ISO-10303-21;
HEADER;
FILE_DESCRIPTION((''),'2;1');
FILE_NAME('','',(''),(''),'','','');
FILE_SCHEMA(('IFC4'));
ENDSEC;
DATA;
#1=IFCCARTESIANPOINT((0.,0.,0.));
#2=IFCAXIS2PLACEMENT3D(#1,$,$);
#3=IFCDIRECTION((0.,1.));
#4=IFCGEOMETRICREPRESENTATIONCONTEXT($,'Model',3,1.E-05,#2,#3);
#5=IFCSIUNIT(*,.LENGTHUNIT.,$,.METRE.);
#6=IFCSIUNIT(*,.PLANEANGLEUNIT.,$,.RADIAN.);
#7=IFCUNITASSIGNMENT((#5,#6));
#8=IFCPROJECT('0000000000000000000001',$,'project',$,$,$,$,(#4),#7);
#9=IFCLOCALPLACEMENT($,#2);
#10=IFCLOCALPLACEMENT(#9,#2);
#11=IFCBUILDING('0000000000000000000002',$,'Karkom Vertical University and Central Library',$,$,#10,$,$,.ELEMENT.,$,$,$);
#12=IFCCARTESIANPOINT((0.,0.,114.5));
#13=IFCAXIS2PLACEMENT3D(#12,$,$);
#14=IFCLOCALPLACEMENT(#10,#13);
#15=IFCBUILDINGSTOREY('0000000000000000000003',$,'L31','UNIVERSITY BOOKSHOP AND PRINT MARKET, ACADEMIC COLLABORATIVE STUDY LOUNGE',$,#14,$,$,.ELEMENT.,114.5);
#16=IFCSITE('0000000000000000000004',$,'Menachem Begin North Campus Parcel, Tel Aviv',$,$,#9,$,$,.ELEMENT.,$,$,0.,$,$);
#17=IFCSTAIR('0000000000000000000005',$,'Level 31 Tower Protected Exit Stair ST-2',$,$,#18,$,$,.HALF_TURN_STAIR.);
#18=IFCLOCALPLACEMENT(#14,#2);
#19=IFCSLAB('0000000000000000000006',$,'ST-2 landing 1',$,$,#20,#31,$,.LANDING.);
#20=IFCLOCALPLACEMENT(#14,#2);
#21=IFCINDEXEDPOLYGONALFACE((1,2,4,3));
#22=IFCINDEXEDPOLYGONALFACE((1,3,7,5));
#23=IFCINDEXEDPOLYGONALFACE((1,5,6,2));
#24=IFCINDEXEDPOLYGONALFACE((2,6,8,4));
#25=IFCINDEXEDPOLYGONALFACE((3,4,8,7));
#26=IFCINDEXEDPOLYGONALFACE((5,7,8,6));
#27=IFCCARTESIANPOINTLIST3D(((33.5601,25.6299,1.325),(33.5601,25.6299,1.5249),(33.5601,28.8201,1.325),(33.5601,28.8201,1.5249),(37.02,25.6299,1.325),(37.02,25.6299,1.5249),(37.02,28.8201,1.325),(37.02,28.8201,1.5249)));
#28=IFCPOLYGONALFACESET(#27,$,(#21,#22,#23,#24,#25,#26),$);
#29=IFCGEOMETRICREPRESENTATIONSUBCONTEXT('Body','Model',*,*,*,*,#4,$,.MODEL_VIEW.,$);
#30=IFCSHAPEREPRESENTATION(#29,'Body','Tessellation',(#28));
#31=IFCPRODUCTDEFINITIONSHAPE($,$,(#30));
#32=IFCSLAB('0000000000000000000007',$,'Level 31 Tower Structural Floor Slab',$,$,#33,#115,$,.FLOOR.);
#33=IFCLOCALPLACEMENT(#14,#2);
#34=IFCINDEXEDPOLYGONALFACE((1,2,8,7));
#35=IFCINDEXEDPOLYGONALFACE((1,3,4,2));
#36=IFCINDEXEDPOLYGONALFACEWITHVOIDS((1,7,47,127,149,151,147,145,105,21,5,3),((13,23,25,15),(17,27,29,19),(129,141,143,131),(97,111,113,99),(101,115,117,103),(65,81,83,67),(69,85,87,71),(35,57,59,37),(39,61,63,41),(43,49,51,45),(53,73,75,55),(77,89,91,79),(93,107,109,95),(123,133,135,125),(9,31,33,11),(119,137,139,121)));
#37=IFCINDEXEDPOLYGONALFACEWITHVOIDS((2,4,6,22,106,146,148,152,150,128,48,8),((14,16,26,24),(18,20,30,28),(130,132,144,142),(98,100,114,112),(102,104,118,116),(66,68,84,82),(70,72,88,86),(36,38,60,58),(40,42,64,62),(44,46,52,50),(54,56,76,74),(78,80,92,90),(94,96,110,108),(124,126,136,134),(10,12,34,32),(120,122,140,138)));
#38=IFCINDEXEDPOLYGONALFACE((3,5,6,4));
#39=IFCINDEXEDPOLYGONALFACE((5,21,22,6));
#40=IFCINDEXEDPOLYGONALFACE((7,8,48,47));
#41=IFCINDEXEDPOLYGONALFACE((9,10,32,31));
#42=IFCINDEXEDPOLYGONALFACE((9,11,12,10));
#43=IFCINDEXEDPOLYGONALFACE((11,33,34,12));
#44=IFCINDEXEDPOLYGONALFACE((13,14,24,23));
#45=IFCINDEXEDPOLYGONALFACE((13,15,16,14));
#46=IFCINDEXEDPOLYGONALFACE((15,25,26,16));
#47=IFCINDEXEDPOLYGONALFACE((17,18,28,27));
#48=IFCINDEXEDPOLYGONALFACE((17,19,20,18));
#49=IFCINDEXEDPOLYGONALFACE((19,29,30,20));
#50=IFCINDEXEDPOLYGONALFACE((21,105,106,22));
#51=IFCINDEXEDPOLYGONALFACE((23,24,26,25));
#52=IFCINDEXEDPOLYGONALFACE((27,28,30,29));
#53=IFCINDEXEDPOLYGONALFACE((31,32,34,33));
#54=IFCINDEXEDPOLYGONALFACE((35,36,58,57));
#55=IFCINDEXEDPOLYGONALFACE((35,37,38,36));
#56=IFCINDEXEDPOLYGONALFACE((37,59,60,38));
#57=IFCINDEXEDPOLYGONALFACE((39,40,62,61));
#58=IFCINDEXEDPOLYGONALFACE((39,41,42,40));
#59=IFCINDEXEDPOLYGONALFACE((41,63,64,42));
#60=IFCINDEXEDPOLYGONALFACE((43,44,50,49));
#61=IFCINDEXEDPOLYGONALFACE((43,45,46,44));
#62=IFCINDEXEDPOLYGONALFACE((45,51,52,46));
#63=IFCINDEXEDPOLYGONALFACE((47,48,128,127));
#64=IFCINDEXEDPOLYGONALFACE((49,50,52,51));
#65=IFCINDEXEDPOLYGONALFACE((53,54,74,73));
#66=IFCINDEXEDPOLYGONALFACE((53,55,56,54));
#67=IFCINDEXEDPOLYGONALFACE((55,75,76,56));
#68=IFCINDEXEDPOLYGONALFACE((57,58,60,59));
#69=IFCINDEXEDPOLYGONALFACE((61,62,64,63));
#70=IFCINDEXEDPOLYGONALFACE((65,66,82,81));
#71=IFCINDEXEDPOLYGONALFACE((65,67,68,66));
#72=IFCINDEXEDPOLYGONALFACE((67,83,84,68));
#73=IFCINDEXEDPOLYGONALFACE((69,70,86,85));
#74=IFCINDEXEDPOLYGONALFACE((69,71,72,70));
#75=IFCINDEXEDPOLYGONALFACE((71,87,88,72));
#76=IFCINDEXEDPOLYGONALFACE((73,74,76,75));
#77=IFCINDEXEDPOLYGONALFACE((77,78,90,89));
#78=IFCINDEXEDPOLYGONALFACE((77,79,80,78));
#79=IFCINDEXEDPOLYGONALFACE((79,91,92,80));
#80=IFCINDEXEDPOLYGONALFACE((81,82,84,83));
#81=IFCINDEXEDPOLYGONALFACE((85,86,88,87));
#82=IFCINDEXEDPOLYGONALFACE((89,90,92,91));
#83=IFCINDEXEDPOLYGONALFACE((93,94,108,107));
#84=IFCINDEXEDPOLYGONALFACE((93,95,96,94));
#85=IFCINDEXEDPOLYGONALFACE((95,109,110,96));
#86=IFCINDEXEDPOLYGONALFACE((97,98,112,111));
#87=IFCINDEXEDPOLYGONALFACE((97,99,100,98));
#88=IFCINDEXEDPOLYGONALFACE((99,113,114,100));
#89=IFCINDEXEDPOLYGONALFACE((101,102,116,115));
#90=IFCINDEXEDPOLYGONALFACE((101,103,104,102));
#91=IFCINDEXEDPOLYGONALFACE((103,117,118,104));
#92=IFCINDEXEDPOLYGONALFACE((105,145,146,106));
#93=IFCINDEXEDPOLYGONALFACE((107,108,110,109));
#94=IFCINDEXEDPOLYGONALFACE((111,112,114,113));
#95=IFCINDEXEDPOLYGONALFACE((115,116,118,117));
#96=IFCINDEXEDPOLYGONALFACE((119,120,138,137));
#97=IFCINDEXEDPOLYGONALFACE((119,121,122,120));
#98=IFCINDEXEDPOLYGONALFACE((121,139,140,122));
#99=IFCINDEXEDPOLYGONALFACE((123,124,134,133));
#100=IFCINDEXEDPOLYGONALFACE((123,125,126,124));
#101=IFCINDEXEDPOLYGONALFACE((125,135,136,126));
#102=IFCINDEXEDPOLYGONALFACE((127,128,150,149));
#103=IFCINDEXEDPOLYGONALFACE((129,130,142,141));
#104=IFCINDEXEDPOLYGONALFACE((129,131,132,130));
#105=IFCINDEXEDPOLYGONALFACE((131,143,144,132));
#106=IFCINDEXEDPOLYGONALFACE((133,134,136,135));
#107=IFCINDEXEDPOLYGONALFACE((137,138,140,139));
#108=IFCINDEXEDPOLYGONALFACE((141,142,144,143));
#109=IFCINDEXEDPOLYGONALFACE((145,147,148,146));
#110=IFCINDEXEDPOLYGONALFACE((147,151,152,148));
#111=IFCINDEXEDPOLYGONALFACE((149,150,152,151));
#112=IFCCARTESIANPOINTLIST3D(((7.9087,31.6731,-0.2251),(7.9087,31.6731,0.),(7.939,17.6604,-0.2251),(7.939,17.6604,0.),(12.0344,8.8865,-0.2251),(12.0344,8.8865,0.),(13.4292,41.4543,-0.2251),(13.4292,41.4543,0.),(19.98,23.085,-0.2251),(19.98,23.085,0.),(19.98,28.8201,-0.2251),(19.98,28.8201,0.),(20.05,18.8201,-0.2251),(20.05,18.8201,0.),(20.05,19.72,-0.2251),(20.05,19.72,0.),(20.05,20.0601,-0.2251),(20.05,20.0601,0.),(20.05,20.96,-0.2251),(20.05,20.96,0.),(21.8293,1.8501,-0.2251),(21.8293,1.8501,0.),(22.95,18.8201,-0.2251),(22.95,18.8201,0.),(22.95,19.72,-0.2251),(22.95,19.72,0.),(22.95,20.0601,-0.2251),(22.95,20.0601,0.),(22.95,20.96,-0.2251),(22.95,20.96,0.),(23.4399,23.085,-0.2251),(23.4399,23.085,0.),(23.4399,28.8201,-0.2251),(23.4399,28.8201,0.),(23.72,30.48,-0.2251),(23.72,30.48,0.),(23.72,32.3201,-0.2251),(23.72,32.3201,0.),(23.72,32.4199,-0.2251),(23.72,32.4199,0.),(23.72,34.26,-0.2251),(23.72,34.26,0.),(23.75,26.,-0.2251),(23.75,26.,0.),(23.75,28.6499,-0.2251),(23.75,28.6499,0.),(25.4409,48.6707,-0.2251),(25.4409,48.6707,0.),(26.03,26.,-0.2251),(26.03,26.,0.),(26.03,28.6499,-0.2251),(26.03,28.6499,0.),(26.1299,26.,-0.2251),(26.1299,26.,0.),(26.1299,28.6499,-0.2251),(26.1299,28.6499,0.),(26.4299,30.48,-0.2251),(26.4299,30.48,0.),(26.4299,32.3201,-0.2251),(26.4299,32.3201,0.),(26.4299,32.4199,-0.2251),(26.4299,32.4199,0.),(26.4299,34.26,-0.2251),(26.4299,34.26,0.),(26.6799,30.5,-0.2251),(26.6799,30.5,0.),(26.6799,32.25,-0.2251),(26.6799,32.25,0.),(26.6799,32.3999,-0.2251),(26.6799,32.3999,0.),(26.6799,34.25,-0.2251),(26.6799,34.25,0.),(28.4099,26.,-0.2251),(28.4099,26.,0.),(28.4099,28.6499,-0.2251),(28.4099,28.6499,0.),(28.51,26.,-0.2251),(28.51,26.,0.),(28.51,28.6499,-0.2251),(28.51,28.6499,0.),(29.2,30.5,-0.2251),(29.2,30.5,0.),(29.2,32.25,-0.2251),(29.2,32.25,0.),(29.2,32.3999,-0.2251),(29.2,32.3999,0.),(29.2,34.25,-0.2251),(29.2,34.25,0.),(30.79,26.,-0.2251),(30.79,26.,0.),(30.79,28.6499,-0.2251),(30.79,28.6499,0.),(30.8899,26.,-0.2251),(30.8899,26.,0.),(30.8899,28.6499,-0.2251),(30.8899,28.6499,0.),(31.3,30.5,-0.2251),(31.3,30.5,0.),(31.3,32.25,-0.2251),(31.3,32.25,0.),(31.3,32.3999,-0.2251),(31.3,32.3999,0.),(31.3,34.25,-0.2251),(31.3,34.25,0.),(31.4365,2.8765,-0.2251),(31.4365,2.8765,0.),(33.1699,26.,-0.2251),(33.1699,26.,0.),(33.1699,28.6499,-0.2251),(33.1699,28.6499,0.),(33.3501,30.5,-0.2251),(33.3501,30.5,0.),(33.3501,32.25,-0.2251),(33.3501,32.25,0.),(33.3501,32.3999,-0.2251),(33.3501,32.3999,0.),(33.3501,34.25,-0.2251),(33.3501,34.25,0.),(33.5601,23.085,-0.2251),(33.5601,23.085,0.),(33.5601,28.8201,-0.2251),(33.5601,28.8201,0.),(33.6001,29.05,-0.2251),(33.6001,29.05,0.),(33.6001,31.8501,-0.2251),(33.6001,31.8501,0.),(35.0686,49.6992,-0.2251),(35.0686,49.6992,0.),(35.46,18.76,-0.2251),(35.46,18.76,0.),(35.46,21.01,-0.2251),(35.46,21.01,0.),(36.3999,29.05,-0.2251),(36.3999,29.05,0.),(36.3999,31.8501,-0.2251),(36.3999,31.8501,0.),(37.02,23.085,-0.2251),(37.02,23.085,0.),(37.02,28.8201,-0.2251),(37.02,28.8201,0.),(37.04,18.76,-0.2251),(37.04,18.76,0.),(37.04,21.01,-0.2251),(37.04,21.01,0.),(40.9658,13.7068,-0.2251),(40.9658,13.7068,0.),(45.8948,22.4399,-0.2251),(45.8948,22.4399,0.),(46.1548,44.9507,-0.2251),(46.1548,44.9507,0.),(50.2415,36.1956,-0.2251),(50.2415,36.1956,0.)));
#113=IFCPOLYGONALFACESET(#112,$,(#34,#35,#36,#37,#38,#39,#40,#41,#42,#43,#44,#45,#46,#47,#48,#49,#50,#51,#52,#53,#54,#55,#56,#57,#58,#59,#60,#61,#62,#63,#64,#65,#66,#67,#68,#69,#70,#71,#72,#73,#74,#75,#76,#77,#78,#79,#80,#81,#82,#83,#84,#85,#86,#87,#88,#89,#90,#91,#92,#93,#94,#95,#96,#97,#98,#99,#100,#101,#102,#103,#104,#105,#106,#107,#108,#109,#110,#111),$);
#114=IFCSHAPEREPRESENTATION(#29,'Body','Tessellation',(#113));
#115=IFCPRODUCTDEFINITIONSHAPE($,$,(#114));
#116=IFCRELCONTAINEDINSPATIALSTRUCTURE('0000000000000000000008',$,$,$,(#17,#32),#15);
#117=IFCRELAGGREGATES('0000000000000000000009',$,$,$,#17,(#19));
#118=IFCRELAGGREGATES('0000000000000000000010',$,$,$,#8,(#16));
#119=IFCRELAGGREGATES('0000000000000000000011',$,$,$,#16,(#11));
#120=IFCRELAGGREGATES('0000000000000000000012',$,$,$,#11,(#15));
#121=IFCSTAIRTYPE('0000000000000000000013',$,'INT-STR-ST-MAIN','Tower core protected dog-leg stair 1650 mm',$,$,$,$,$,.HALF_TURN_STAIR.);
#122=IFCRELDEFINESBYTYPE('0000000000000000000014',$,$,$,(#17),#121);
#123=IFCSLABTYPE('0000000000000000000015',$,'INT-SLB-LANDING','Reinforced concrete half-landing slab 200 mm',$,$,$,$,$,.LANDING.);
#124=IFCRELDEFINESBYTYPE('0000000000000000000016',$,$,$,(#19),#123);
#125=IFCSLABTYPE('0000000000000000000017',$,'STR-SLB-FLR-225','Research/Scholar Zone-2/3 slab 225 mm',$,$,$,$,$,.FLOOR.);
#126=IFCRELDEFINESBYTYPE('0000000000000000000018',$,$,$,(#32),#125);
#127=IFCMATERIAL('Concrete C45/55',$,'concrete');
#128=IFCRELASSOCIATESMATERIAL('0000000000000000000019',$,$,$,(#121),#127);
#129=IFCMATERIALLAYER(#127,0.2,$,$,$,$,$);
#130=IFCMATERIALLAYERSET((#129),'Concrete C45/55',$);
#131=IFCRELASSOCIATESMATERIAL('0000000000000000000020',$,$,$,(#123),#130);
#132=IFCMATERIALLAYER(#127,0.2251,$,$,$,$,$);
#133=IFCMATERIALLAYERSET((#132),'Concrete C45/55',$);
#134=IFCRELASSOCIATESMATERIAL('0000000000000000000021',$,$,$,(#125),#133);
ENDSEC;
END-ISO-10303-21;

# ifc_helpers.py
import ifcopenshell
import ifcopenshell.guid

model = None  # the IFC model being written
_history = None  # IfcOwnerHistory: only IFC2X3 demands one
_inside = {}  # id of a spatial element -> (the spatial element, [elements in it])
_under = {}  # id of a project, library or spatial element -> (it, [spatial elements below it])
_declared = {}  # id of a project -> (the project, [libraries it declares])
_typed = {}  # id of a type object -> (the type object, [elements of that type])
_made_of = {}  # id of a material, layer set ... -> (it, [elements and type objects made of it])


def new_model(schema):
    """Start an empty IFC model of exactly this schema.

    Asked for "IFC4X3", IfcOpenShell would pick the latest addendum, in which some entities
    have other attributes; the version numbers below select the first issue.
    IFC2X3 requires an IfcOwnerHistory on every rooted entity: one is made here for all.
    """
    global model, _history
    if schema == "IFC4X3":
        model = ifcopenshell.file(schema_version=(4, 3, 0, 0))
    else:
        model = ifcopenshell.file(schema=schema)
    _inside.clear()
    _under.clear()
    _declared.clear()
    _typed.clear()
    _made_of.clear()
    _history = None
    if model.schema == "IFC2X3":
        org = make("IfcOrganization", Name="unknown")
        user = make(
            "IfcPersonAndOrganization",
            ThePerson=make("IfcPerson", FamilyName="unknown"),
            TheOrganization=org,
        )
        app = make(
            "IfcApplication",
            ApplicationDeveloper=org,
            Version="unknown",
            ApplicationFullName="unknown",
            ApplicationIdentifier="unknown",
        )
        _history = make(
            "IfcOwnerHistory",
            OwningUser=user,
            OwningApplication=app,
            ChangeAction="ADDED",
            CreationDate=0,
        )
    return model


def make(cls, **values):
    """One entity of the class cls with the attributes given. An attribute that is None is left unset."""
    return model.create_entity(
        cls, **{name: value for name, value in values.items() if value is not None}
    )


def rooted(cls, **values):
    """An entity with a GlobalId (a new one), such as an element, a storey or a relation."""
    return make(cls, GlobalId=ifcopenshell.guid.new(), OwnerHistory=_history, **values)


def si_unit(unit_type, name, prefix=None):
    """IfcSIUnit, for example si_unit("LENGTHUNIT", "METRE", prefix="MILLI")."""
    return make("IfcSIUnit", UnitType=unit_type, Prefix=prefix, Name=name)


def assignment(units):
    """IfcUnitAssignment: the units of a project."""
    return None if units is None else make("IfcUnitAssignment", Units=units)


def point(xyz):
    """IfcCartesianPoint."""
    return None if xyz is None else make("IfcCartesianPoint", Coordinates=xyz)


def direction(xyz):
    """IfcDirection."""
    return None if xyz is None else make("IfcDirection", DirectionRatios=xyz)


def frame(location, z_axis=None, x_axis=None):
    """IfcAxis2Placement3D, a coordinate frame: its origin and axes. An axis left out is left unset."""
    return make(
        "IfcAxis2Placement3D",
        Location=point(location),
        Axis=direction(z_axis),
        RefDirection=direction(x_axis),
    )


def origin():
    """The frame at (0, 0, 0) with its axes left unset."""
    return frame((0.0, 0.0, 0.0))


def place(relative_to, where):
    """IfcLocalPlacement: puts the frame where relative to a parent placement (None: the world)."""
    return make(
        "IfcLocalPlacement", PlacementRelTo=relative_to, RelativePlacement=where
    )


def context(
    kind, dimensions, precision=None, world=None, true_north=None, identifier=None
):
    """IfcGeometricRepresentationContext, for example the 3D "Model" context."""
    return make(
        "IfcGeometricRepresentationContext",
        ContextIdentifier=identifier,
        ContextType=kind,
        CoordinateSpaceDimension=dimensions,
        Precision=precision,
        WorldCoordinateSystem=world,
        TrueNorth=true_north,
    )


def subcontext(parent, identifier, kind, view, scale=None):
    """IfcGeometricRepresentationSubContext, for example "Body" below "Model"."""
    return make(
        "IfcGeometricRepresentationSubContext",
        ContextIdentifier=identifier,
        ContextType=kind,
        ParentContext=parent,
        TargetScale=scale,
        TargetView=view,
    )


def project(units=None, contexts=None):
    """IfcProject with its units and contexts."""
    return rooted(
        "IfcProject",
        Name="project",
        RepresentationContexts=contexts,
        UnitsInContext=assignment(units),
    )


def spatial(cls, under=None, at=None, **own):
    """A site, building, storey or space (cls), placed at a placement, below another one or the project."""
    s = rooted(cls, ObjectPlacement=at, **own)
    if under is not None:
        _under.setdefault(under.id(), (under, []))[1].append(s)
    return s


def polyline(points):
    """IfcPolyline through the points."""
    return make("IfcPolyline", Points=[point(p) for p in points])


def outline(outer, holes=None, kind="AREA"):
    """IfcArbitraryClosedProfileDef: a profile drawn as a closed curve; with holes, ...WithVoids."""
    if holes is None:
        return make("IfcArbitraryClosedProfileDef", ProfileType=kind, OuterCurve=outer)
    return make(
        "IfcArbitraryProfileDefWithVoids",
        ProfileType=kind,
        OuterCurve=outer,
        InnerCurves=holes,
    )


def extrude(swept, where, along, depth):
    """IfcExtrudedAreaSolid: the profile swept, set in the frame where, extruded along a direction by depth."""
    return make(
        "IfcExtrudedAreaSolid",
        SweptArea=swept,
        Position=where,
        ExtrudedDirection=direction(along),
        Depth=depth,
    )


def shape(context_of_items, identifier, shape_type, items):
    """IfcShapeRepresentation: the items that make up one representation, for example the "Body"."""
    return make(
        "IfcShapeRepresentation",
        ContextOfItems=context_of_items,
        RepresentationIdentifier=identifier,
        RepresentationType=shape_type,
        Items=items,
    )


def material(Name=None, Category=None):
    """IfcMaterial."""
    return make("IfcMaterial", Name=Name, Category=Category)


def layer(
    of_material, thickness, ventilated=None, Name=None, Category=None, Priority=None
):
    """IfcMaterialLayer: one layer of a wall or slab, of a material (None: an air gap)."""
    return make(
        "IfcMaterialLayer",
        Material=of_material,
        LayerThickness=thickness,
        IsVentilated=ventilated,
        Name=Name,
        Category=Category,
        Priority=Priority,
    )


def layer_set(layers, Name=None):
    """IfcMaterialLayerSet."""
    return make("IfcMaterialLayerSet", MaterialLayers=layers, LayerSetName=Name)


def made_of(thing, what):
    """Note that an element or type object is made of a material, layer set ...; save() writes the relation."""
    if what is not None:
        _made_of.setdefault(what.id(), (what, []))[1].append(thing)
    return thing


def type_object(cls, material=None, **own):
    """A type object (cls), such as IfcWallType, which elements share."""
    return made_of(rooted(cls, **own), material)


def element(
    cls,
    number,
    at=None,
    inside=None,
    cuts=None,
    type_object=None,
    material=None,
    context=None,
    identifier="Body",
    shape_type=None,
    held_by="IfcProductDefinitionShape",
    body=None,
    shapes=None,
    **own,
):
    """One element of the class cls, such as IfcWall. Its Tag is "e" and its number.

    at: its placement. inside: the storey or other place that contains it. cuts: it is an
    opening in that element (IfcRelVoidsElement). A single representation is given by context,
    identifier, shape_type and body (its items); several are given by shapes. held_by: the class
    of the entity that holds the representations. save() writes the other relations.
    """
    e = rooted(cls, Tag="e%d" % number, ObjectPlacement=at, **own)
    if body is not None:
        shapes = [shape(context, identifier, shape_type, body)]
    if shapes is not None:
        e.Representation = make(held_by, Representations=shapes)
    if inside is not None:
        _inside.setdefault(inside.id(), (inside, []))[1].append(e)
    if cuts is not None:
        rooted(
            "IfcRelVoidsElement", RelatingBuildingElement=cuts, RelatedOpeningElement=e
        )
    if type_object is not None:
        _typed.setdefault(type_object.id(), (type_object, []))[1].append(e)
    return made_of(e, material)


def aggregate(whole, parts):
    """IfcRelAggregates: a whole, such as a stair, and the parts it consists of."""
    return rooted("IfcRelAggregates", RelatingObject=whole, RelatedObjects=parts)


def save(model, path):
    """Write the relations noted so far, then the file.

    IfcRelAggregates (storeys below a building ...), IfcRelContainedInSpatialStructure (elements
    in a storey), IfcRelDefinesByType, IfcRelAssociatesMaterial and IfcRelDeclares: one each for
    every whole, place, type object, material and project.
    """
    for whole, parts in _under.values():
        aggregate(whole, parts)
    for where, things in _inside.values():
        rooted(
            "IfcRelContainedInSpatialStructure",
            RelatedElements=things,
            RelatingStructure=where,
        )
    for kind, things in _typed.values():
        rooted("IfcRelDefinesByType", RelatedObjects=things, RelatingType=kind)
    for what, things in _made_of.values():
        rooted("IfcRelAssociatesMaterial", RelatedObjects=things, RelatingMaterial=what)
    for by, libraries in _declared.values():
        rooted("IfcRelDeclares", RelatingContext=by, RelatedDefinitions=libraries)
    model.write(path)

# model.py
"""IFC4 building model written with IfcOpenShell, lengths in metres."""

from ifc_helpers import new_model, si_unit, direction, frame, origin, place, context, subcontext, project, spatial, polyline, outline, extrude, material, layer, layer_set, type_object, element, aggregate, save


model = new_model("IFC4")

# Units and contexts
model_context = context("Model", 3, precision=1e-05, world=origin(), true_north=direction((0.0, 1.0)))
body_context = subcontext(model_context, "Body", "Model", "MODEL_VIEW")
ifc_project = project(units=[si_unit("LENGTHUNIT", "METRE"), si_unit("PLANEANGLEUNIT", "RADIAN")], contexts=[model_context])

# Site, building, storey
site_placement = place(None, origin())
site = spatial("IfcSite", under=ifc_project, at=site_placement, Name="Menachem Begin North Campus Parcel, Tel Aviv", CompositionType="ELEMENT", RefElevation=0.0)
building_placement = place(site_placement, origin())
building = spatial("IfcBuilding", under=site, at=building_placement, Name="Karkom Vertical University and Central Library", CompositionType="ELEMENT")
storey_placement = place(building_placement, frame((0.0, 0.0, 114.5)))
storey = spatial("IfcBuildingStorey", under=building, at=storey_placement, Name="L31", Description="UNIVERSITY BOOKSHOP AND PRINT MARKET, ACADEMIC COLLABORATIVE STUDY LOUNGE", CompositionType="ELEMENT", Elevation=114.5)

# Stair, slab
ifc_material_1 = material(Name="Concrete C45/55", Category="concrete")
stair_type = type_object("IfcStairType", Name="INT-STR-ST-MAIN", Description="Tower core protected dog-leg stair 1650 mm", PredefinedType="HALF_TURN_STAIR", material=ifc_material_1)
ifc_layer_1 = layer(ifc_material_1, 0.2)
ifc_layer_set_1 = layer_set([ifc_layer_1], Name="Concrete C45/55")
slab_type_1 = type_object("IfcSlabType", Name="INT-SLB-LANDING", Description="Reinforced concrete half-landing slab 200 mm", PredefinedType="LANDING", material=ifc_layer_set_1)
stair_1_placement = place(storey_placement, origin())
stair_1 = element("IfcStair", 1, at=stair_1_placement, inside=storey, type_object=stair_type, Name="Level 31 Tower Protected Exit Stair ST-2", PredefinedType="HALF_TURN_STAIR")
slab_1_placement = place(storey_placement, frame((0.0, 0.0, 1.325)))
slab_1 = element("IfcSlab", 2, at=slab_1_placement, type_object=slab_type_1, Name="ST-2 landing 1", PredefinedType="LANDING", context=body_context, shape_type="SweptSolid", body=[
    extrude(outline(polyline([(37.02, 25.6299), (37.02, 28.8201), (33.5601, 28.8201), (33.5601, 25.6299), (37.02, 25.6299)])), origin(), (0.0, 0.0, 1.0), 0.2),
])
aggregate(stair_1, [slab_1])

# Slab
ifc_layer_2 = layer(ifc_material_1, 0.2251)
ifc_layer_set_2 = layer_set([ifc_layer_2], Name="Concrete C45/55")
slab_type_2 = type_object("IfcSlabType", Name="STR-SLB-FLR-225", Description="Research/Scholar Zone-2/3 slab 225 mm", PredefinedType="FLOOR", material=ifc_layer_set_2)
slab_2_placement = place(storey_placement, frame((0.0, 0.0, -0.2251)))
element("IfcSlab", 3, at=slab_2_placement, inside=storey, type_object=slab_type_2, Name="Level 31 Tower Structural Floor Slab", PredefinedType="FLOOR", context=body_context, shape_type="SweptSolid", body=[
    extrude(outline(polyline([(13.4292, 41.4543), (7.9087, 31.6731), (7.939, 17.6604), (12.0344, 8.8865), (21.8293, 1.8501), (31.4365, 2.8765), (40.9658, 13.7068), (45.8948, 22.4399), (50.2415, 36.1956), (46.1548, 44.9507), (35.0686, 49.6992), (25.4409, 48.6707), (13.4292, 41.4543)]), holes=[polyline([(19.98, 23.085), (23.4399, 23.085), (23.4399, 28.8201), (19.98, 28.8201), (19.98, 23.085)]), polyline([(33.5601, 23.085), (37.02, 23.085), (37.02, 28.8201), (33.5601, 28.8201), (33.5601, 23.085)]), polyline([(23.75, 26.0), (26.03, 26.0), (26.03, 28.6499), (23.75, 28.6499), (23.75, 26.0)]), polyline([(26.1299, 26.0), (28.4099, 26.0), (28.4099, 28.6499), (26.1299, 28.6499), (26.1299, 26.0)]), polyline([(28.51, 26.0), (30.79, 26.0), (30.79, 28.6499), (28.51, 28.6499), (28.51, 26.0)]), polyline([(30.8899, 26.0), (33.1699, 26.0), (33.1699, 28.6499), (30.8899, 28.6499), (30.8899, 26.0)]), polyline([(26.6799, 30.5), (29.2, 30.5), (29.2, 32.25), (26.6799, 32.25), (26.6799, 30.5)]), polyline([(26.6799, 32.3999), (29.2, 32.3999), (29.2, 34.25), (26.6799, 34.25), (26.6799, 32.3999)]), polyline([(31.3, 30.5), (33.3501, 30.5), (33.3501, 32.25), (31.3, 32.25), (31.3, 30.5)]), polyline([(31.3, 32.3999), (33.3501, 32.3999), (33.3501, 34.25), (31.3, 34.25), (31.3, 32.3999)]), polyline([(23.72, 30.48), (26.4299, 30.48), (26.4299, 32.3201), (23.72, 32.3201), (23.72, 30.48)]), polyline([(23.72, 32.4199), (26.4299, 32.4199), (26.4299, 34.26), (23.72, 34.26), (23.72, 32.4199)]), polyline([(33.6001, 29.05), (36.3999, 29.05), (36.3999, 31.8501), (33.6001, 31.8501), (33.6001, 29.05)]), polyline([(20.05, 18.8201), (22.95, 18.8201), (22.95, 19.72), (20.05, 19.72), (20.05, 18.8201)]), polyline([(20.05, 20.0601), (22.95, 20.0601), (22.95, 20.96), (20.05, 20.96), (20.05, 20.0601)]), polyline([(35.46, 18.76), (37.04, 18.76), (37.04, 21.01), (35.46, 21.01), (35.46, 18.76)])]), origin(), (0.0, 0.0, 1.0), 0.2251),
])

save(model, "model.ifc")
